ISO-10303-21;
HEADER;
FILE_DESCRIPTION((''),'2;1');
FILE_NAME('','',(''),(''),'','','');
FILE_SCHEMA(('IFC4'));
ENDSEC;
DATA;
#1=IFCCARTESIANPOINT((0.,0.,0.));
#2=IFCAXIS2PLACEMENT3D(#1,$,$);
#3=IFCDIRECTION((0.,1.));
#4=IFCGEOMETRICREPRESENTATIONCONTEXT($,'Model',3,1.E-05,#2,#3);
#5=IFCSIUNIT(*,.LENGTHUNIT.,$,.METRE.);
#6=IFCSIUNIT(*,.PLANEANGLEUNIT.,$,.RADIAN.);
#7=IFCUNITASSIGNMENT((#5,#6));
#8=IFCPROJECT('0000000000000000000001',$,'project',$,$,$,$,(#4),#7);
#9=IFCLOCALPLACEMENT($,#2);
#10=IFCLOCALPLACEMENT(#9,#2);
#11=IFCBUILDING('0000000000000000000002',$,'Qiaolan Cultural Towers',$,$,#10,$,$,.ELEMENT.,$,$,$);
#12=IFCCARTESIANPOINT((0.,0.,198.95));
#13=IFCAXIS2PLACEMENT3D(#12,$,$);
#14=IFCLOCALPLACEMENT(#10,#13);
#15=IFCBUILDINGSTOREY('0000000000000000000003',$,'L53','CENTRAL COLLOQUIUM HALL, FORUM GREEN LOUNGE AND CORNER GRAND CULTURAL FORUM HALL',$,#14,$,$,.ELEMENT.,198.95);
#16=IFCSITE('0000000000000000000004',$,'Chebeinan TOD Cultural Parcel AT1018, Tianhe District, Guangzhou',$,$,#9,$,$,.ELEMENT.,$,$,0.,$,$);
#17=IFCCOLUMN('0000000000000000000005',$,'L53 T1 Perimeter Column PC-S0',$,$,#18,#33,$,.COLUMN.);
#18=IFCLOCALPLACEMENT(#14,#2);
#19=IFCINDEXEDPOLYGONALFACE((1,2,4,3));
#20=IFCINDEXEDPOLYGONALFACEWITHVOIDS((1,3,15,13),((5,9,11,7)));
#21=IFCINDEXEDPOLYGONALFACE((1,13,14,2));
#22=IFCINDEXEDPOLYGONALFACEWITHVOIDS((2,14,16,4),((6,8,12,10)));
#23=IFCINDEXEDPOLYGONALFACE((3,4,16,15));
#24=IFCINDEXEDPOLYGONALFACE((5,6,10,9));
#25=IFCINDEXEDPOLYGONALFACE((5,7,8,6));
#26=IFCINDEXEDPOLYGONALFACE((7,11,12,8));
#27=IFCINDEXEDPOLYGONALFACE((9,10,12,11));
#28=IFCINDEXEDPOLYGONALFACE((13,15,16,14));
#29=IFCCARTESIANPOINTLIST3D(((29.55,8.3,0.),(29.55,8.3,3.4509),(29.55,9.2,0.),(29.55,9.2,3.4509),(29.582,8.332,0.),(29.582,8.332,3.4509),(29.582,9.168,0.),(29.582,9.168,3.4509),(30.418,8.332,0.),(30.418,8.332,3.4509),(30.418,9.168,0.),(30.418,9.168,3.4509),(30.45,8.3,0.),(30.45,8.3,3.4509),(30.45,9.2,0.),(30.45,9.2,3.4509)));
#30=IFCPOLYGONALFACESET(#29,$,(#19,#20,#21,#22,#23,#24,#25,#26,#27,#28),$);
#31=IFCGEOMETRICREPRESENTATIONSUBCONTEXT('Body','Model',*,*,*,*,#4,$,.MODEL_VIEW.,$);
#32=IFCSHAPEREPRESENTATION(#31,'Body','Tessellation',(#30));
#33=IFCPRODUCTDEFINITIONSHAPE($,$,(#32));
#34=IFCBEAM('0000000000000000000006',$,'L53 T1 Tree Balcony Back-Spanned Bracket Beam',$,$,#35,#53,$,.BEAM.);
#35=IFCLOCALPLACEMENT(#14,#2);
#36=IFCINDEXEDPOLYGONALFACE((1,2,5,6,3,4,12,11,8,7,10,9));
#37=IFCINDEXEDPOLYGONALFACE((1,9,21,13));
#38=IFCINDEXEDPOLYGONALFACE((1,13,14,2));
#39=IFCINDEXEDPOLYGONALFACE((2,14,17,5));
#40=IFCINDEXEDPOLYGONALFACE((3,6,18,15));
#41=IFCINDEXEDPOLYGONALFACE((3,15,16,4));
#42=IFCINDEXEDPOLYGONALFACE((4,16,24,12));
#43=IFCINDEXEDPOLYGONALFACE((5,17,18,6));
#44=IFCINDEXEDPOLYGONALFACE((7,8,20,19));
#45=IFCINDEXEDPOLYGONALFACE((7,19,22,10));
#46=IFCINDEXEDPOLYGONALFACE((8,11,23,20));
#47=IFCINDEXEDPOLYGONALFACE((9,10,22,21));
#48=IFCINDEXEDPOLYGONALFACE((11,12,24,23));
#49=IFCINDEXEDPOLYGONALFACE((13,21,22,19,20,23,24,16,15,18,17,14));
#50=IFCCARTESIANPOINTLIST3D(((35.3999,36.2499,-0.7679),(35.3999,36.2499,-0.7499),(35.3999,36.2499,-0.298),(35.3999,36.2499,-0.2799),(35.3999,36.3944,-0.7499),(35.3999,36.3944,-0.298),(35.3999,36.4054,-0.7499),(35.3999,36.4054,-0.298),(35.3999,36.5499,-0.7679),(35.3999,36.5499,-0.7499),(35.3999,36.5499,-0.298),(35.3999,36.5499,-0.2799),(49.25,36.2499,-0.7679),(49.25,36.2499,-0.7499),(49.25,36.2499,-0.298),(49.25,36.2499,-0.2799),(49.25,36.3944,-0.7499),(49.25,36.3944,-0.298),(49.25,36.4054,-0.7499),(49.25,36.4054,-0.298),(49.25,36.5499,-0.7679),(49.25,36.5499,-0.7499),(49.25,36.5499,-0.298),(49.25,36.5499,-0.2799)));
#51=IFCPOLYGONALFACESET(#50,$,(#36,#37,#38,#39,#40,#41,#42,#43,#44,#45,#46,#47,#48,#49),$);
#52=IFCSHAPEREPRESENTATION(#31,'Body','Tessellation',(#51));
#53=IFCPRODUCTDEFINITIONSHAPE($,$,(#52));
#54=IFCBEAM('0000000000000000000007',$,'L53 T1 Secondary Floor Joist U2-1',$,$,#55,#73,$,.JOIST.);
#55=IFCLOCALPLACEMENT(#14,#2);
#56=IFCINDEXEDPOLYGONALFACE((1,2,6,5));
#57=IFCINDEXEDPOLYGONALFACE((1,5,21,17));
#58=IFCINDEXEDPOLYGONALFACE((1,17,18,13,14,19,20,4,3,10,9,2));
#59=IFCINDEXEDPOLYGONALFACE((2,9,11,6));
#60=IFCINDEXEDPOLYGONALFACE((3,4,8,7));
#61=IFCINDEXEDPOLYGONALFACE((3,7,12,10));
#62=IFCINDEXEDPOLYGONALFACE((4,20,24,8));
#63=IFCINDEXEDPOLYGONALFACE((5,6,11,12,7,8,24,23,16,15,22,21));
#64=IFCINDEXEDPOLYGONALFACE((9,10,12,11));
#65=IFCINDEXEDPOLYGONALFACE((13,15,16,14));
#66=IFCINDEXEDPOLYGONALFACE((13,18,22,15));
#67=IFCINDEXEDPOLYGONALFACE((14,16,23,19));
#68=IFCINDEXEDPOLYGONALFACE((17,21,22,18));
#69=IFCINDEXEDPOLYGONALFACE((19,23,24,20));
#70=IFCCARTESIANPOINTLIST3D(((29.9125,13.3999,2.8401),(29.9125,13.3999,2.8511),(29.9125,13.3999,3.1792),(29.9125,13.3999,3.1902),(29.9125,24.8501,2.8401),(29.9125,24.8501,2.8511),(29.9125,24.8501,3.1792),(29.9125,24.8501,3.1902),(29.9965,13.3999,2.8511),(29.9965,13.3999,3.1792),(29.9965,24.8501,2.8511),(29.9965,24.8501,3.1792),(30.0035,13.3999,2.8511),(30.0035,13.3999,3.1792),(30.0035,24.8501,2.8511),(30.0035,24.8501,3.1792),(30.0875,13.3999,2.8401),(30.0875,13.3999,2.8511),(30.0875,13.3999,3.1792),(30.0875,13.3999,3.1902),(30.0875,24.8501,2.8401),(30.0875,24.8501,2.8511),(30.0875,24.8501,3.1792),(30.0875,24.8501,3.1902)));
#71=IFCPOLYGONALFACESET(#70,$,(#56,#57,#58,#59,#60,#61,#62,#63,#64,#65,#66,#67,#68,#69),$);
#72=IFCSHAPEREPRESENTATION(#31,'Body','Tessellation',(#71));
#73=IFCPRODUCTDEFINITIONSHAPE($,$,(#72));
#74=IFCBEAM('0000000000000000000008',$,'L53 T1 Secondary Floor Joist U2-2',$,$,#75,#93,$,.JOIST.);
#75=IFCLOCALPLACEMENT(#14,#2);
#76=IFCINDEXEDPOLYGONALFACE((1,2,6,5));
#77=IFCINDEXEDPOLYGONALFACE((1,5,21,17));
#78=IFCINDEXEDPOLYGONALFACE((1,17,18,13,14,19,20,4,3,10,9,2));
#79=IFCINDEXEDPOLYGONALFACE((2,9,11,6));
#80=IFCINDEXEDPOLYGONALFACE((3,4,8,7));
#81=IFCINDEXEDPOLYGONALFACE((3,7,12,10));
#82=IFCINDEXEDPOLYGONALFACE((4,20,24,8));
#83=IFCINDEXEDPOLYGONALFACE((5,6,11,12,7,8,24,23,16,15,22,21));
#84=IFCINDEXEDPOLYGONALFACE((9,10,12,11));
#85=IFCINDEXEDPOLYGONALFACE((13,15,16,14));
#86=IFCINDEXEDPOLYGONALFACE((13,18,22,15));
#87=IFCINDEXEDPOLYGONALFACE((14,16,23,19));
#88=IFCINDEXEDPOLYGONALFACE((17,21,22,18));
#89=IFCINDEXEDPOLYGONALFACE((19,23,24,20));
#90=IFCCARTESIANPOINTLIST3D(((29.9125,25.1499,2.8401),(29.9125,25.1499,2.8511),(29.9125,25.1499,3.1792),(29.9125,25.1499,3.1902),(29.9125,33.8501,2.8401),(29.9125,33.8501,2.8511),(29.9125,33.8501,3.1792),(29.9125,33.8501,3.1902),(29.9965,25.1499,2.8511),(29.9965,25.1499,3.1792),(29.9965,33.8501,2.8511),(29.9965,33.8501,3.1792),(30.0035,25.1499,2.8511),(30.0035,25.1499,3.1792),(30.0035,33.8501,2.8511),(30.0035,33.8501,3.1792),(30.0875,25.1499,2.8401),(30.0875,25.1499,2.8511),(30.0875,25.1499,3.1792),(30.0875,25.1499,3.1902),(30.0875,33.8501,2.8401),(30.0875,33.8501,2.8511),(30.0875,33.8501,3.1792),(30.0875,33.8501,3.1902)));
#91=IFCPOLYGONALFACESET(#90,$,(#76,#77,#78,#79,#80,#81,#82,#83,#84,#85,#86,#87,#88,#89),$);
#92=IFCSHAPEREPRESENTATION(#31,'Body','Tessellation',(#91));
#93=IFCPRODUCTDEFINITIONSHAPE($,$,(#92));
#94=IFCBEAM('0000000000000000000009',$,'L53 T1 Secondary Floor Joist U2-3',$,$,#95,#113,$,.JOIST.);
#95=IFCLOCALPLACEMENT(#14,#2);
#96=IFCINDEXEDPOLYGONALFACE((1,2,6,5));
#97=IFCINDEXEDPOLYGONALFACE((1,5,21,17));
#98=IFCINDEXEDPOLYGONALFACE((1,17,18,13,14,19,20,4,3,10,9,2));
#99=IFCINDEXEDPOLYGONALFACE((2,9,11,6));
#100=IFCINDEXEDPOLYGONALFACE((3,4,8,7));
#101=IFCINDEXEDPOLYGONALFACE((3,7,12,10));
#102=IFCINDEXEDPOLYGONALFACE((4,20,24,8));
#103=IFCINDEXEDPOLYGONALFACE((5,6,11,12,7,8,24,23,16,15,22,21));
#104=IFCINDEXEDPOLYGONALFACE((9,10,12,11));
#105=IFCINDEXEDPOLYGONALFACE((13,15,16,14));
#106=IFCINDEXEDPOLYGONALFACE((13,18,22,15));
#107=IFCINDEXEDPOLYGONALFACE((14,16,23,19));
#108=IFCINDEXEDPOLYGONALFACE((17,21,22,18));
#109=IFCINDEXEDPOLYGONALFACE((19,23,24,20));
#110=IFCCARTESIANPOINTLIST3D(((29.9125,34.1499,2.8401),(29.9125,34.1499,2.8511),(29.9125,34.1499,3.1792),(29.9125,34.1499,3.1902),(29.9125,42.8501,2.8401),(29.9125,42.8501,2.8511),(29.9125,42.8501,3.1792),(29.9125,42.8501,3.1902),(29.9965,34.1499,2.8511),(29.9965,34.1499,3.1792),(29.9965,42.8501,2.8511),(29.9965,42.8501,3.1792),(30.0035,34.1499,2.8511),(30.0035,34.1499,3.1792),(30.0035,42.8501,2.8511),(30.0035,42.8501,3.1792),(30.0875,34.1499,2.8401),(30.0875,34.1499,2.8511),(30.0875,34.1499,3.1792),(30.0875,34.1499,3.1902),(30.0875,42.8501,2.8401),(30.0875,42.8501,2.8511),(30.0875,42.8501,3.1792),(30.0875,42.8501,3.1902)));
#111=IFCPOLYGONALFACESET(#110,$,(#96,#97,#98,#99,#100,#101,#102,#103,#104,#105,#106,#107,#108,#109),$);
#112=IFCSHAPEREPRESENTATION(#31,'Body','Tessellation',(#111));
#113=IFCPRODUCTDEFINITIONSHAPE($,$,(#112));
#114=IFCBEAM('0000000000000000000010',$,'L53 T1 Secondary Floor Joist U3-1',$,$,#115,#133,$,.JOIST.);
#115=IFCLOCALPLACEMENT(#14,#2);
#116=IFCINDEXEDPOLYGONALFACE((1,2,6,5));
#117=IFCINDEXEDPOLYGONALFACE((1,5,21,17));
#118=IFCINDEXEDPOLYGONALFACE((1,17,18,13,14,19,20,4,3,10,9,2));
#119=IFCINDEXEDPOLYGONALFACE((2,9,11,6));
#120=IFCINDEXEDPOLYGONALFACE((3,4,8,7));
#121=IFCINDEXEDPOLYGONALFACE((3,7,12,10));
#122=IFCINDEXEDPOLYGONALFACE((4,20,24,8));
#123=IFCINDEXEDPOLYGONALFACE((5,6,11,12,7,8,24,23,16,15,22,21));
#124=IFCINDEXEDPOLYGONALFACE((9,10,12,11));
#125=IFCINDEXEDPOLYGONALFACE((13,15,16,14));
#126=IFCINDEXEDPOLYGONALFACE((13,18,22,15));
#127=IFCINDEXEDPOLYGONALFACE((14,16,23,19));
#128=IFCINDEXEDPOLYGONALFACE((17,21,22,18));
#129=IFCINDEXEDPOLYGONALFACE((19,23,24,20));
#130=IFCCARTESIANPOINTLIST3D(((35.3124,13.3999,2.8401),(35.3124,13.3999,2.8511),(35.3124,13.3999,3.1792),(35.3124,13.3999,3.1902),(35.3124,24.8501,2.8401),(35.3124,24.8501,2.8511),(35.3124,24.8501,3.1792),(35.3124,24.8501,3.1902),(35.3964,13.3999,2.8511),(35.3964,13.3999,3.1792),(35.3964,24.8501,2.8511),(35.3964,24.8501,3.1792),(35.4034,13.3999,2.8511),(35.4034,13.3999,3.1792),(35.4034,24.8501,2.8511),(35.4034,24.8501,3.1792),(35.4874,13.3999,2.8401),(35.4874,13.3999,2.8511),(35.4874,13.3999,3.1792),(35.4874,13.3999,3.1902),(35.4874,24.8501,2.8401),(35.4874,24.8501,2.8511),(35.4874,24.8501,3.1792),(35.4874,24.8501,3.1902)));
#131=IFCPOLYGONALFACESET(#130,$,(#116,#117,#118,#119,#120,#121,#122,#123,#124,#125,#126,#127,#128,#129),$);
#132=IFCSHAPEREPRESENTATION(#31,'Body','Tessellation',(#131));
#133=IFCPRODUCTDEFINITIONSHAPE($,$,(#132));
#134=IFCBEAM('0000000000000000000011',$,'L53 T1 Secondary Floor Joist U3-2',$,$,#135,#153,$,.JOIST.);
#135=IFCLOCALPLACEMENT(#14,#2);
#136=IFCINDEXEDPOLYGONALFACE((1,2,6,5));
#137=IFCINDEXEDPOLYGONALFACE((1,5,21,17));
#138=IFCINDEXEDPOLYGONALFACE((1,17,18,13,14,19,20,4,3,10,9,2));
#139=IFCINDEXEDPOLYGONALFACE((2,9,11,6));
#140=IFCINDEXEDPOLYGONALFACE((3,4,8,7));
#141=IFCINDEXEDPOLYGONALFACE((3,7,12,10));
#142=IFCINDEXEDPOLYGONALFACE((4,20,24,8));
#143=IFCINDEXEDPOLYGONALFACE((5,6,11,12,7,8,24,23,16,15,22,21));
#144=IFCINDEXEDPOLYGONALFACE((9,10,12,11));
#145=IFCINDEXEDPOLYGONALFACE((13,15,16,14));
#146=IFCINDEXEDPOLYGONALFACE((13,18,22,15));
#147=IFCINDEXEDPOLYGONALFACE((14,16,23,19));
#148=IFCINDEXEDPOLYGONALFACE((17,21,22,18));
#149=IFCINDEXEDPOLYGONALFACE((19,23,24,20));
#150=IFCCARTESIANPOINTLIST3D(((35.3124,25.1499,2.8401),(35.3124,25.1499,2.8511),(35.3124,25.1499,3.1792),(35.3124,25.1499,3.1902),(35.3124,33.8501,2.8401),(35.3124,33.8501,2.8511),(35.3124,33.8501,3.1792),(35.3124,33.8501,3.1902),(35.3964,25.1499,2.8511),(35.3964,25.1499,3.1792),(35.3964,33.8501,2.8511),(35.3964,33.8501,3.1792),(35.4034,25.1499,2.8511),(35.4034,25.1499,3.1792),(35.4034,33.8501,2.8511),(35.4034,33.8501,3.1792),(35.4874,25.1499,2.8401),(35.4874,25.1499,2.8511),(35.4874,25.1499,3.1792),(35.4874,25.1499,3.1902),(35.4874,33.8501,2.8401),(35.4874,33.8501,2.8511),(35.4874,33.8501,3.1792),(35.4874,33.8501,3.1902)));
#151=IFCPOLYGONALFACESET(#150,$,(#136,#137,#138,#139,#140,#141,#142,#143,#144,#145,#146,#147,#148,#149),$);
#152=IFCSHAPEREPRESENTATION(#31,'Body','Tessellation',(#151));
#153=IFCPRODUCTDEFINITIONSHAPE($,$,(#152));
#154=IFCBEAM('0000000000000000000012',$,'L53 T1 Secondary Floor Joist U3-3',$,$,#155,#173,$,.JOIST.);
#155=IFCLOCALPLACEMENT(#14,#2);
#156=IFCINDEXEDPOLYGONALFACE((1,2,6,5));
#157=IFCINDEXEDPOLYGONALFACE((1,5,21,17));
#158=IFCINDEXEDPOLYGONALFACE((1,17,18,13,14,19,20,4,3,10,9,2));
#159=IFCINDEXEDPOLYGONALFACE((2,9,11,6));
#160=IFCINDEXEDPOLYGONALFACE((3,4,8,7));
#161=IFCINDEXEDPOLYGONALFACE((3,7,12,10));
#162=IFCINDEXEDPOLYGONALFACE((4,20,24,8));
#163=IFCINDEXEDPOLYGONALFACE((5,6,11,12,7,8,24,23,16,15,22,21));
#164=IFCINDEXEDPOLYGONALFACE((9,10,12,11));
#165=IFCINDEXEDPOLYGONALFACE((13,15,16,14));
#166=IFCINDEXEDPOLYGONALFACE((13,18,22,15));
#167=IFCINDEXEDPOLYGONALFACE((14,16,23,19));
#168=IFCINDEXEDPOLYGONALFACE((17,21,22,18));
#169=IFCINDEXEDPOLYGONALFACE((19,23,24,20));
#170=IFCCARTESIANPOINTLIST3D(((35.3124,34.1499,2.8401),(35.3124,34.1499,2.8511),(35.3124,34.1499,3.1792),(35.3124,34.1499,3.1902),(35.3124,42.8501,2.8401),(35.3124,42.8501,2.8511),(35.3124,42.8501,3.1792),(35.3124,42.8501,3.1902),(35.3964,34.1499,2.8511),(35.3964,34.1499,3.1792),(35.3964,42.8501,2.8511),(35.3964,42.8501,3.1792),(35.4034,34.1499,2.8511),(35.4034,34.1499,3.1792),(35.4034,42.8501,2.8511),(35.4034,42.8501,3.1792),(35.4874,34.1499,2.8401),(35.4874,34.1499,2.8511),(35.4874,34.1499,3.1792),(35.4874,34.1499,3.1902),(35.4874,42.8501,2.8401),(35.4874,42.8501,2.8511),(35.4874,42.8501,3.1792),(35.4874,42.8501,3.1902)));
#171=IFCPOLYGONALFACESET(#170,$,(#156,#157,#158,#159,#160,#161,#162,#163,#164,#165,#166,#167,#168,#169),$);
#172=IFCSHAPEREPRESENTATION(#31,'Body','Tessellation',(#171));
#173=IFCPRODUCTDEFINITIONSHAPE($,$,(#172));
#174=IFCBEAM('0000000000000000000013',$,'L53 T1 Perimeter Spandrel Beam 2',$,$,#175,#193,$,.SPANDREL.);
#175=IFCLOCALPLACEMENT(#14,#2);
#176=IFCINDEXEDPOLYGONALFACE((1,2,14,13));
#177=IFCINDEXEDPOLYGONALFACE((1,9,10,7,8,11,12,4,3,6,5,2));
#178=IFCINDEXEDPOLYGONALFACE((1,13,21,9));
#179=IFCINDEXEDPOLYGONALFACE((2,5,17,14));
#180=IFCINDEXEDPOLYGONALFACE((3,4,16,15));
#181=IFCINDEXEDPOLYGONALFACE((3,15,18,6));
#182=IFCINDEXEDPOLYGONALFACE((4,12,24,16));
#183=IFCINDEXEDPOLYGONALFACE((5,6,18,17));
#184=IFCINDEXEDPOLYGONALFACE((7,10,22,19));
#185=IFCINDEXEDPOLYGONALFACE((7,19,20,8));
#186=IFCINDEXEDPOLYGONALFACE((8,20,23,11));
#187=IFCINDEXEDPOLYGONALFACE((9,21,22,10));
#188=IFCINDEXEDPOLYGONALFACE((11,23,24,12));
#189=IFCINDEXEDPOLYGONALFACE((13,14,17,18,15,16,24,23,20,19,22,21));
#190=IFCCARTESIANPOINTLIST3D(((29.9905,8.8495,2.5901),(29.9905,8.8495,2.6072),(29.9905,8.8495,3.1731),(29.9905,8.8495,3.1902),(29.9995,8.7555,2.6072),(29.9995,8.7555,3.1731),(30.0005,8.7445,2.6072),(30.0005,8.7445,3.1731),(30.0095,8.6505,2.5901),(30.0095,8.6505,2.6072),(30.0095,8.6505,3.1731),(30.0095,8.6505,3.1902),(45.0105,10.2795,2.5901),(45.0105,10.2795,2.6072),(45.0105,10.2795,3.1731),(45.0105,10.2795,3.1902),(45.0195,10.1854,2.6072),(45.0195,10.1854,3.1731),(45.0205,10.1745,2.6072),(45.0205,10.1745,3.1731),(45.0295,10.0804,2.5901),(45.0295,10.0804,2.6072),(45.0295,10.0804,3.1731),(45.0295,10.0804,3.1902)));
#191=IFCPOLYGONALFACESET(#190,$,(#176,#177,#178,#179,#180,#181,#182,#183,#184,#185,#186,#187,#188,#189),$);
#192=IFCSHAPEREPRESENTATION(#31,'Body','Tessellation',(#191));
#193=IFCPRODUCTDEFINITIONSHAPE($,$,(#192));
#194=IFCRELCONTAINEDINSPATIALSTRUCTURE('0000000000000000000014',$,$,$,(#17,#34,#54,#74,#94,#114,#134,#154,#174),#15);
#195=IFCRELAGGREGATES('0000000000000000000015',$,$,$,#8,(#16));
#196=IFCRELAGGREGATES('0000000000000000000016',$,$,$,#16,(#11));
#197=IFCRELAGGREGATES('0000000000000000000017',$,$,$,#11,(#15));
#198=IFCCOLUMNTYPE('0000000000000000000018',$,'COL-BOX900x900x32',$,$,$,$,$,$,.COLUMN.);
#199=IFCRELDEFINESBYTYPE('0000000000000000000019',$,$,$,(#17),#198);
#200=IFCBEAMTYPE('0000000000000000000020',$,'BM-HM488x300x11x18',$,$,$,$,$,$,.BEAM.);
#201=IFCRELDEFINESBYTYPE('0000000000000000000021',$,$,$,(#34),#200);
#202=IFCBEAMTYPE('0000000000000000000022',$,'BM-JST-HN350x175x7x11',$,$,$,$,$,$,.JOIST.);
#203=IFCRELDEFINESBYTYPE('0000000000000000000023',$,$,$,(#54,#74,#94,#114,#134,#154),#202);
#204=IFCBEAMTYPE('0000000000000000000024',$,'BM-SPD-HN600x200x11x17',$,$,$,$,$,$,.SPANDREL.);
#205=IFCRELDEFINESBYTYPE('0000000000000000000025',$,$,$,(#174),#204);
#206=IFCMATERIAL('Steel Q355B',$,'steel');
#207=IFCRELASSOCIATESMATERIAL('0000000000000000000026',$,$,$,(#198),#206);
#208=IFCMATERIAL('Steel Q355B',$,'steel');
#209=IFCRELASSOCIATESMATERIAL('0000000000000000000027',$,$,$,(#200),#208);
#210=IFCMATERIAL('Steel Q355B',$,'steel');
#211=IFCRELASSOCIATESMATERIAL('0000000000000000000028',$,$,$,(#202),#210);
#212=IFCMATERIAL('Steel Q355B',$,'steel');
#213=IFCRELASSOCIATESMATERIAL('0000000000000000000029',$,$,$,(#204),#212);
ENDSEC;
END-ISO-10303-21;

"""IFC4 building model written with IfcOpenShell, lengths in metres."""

from ifc_helpers import new_model, si_unit, direction, frame, origin, origin_2d, place, context, subcontext, project, spatial, hollow_rectangle, i_section, extrude, material, material_profile, profile_set, type_object, element, save


model = new_model("IFC4")

# Units and contexts
model_context = context("Model", 3, precision=1e-05, world=origin(), true_north=direction((0.0, 1.0)))
body_context = subcontext(model_context, "Body", "Model", "MODEL_VIEW")
ifc_project = project(units=[si_unit("LENGTHUNIT", "METRE"), si_unit("PLANEANGLEUNIT", "RADIAN")], contexts=[model_context])

# Site, building, storey
site_placement = place(None, origin())
site = spatial("IfcSite", under=ifc_project, at=site_placement, Name="Chebeinan TOD Cultural Parcel AT1018, Tianhe District, Guangzhou", CompositionType="ELEMENT", RefElevation=0.0)
building_placement = place(site_placement, origin())
building = spatial("IfcBuilding", under=site, at=building_placement, Name="Qiaolan Cultural Towers", CompositionType="ELEMENT")
storey_placement = place(building_placement, frame((0.0, 0.0, 198.95)))
storey = spatial("IfcBuildingStorey", under=building, at=storey_placement, Name="L53", Description="CENTRAL COLLOQUIUM HALL, FORUM GREEN LOUNGE AND CORNER GRAND CULTURAL FORUM HALL", CompositionType="ELEMENT", Elevation=198.95)

# Column
ifc_material_1 = material(Name="Steel Q355B", Category="steel")
ifc_material_profile_1 = material_profile(ifc_material_1, hollow_rectangle(XDim=0.8999, YDim=0.8999, WallThickness=0.032, at=origin_2d()), Name="BOX900x900x32")
ifc_profile_set_1 = profile_set([ifc_material_profile_1], Name="Steel Q355B")
column_type = type_object("IfcColumnType", Name="COL-BOX900x900x32", PredefinedType="COLUMN", material=ifc_profile_set_1)
column_placement = place(storey_placement, frame((30.0, 8.75, 0.0), z_axis=(0.0, 0.0, 1.0), x_axis=(1.0, 0.0, 0.0)))
element("IfcColumn", 1, at=column_placement, inside=storey, type_object=column_type, Name="L53 T1 Perimeter Column PC-S0", PredefinedType="COLUMN", context=body_context, shape_type="SweptSolid", body=[
    extrude(hollow_rectangle(XDim=0.8999, YDim=0.8999, WallThickness=0.032, at=origin_2d()), origin(), (0.0, 0.0, 1.0), 3.4509),
])

# Beams
ifc_material_2 = material(Name="Steel Q355B", Category="steel")
ifc_material_profile_2 = material_profile(ifc_material_2, i_section(OverallWidth=0.3, OverallDepth=0.488, WebThickness=0.011, FlangeThickness=0.0181, at=origin_2d()), Name="HM488x300x11x18")
ifc_profile_set_2 = profile_set([ifc_material_profile_2], Name="Steel Q355B")
beam_type_1 = type_object("IfcBeamType", Name="BM-HM488x300x11x18", PredefinedType="BEAM", material=ifc_profile_set_2)
beam_1_placement = place(storey_placement, frame((35.3999, 36.3999, -0.5239), z_axis=(1.0, 0.0, 0.0), x_axis=(0.0, 1.0, 0.0)))
element("IfcBeam", 2, at=beam_1_placement, inside=storey, type_object=beam_type_1, Name="L53 T1 Tree Balcony Back-Spanned Bracket Beam", PredefinedType="BEAM", context=body_context, shape_type="SweptSolid", body=[
    extrude(i_section(OverallWidth=0.3, OverallDepth=0.488, WebThickness=0.011, FlangeThickness=0.0181, at=origin_2d()), origin(), (0.0, 0.0, 1.0), 13.8501),
])
ifc_material_3 = material(Name="Steel Q355B", Category="steel")
ifc_material_profile_3 = material_profile(ifc_material_3, i_section(OverallWidth=0.175, OverallDepth=0.3501, WebThickness=0.0071, FlangeThickness=0.011, at=origin_2d()), Name="HN350x175x7x11")
ifc_profile_set_3 = profile_set([ifc_material_profile_3], Name="Steel Q355B")
beam_type_2 = type_object("IfcBeamType", Name="BM-JST-HN350x175x7x11", PredefinedType="JOIST", material=ifc_profile_set_3)
beam_2_placement = place(storey_placement, frame((30.0, 13.3999, 3.0151), z_axis=(0.0, 1.0, 0.0), x_axis=(-1.0, 0.0, 0.0)))
element("IfcBeam", 3, at=beam_2_placement, inside=storey, type_object=beam_type_2, Name="L53 T1 Secondary Floor Joist U2-1", PredefinedType="JOIST", context=body_context, shape_type="SweptSolid", body=[
    extrude(i_section(OverallWidth=0.175, OverallDepth=0.3501, WebThickness=0.0071, FlangeThickness=0.011, at=origin_2d()), origin(), (0.0, 0.0, 1.0), 11.4502),
])
for number, where, z_axis, x_axis, name in (
    (4, (30.0, 25.1499, 3.0151), (0.0, 1.0, 0.0), (-1.0, 0.0, 0.0), "L53 T1 Secondary Floor Joist U2-2"),
    (5, (30.0, 34.1499, 3.0151), (0.0, 1.0, 0.0), (-1.0, 0.0, 0.0), "L53 T1 Secondary Floor Joist U2-3"),
):
    element("IfcBeam", number, at=place(storey_placement, frame(where, z_axis=z_axis, x_axis=x_axis)), inside=storey, type_object=beam_type_2, Name=name, PredefinedType="JOIST", context=body_context, shape_type="SweptSolid", body=[
        extrude(i_section(OverallWidth=0.175, OverallDepth=0.3501, WebThickness=0.0071, FlangeThickness=0.011, at=origin_2d()), origin(), (0.0, 0.0, 1.0), 8.7002),
    ])
beam_3_placement = place(storey_placement, frame((35.3999, 13.3999, 3.0151), z_axis=(0.0, 1.0, 0.0), x_axis=(-1.0, 0.0, 0.0)))
element("IfcBeam", 6, at=beam_3_placement, inside=storey, type_object=beam_type_2, Name="L53 T1 Secondary Floor Joist U3-1", PredefinedType="JOIST", context=body_context, shape_type="SweptSolid", body=[
    extrude(i_section(OverallWidth=0.175, OverallDepth=0.3501, WebThickness=0.0071, FlangeThickness=0.011, at=origin_2d()), origin(), (0.0, 0.0, 1.0), 11.4502),
])
for number, where, z_axis, x_axis, name in (
    (7, (35.3999, 25.1499, 3.0151), (0.0, 1.0, 0.0), (-1.0, 0.0, 0.0), "L53 T1 Secondary Floor Joist U3-2"),
    (8, (35.3999, 34.1499, 3.0151), (0.0, 1.0, 0.0), (-1.0, 0.0, 0.0), "L53 T1 Secondary Floor Joist U3-3"),
):
    element("IfcBeam", number, at=place(storey_placement, frame(where, z_axis=z_axis, x_axis=x_axis)), inside=storey, type_object=beam_type_2, Name=name, PredefinedType="JOIST", context=body_context, shape_type="SweptSolid", body=[
        extrude(i_section(OverallWidth=0.175, OverallDepth=0.3501, WebThickness=0.0071, FlangeThickness=0.011, at=origin_2d()), origin(), (0.0, 0.0, 1.0), 8.7002),
    ])
ifc_material_4 = material(Name="Steel Q355B", Category="steel")
ifc_material_profile_4 = material_profile(ifc_material_4, i_section(OverallWidth=0.2, OverallDepth=0.6001, WebThickness=0.011, FlangeThickness=0.0171, at=origin_2d()), Name="HN600x200x11x17")
ifc_profile_set_4 = profile_set([ifc_material_profile_4], Name="Steel Q355B")
beam_type_3 = type_object("IfcBeamType", Name="BM-SPD-HN600x200x11x17", PredefinedType="SPANDREL", material=ifc_profile_set_4)
beam_4_placement = place(storey_placement, frame((30.0, 8.75, 2.8901), z_axis=(0.995499, 0.094773, 0.0), x_axis=(-0.094773, 0.995499, 0.0)))
element("IfcBeam", 9, at=beam_4_placement, inside=storey, type_object=beam_type_3, Name="L53 T1 Perimeter Spandrel Beam 2", PredefinedType="SPANDREL", context=body_context, shape_type="SweptSolid", body=[
    extrude(i_section(OverallWidth=0.2, OverallDepth=0.6001, WebThickness=0.011, FlangeThickness=0.0171, at=origin_2d()), origin(), (0.0, 0.0, 1.0), 15.0879),
])

save(model, "model.ifc")
